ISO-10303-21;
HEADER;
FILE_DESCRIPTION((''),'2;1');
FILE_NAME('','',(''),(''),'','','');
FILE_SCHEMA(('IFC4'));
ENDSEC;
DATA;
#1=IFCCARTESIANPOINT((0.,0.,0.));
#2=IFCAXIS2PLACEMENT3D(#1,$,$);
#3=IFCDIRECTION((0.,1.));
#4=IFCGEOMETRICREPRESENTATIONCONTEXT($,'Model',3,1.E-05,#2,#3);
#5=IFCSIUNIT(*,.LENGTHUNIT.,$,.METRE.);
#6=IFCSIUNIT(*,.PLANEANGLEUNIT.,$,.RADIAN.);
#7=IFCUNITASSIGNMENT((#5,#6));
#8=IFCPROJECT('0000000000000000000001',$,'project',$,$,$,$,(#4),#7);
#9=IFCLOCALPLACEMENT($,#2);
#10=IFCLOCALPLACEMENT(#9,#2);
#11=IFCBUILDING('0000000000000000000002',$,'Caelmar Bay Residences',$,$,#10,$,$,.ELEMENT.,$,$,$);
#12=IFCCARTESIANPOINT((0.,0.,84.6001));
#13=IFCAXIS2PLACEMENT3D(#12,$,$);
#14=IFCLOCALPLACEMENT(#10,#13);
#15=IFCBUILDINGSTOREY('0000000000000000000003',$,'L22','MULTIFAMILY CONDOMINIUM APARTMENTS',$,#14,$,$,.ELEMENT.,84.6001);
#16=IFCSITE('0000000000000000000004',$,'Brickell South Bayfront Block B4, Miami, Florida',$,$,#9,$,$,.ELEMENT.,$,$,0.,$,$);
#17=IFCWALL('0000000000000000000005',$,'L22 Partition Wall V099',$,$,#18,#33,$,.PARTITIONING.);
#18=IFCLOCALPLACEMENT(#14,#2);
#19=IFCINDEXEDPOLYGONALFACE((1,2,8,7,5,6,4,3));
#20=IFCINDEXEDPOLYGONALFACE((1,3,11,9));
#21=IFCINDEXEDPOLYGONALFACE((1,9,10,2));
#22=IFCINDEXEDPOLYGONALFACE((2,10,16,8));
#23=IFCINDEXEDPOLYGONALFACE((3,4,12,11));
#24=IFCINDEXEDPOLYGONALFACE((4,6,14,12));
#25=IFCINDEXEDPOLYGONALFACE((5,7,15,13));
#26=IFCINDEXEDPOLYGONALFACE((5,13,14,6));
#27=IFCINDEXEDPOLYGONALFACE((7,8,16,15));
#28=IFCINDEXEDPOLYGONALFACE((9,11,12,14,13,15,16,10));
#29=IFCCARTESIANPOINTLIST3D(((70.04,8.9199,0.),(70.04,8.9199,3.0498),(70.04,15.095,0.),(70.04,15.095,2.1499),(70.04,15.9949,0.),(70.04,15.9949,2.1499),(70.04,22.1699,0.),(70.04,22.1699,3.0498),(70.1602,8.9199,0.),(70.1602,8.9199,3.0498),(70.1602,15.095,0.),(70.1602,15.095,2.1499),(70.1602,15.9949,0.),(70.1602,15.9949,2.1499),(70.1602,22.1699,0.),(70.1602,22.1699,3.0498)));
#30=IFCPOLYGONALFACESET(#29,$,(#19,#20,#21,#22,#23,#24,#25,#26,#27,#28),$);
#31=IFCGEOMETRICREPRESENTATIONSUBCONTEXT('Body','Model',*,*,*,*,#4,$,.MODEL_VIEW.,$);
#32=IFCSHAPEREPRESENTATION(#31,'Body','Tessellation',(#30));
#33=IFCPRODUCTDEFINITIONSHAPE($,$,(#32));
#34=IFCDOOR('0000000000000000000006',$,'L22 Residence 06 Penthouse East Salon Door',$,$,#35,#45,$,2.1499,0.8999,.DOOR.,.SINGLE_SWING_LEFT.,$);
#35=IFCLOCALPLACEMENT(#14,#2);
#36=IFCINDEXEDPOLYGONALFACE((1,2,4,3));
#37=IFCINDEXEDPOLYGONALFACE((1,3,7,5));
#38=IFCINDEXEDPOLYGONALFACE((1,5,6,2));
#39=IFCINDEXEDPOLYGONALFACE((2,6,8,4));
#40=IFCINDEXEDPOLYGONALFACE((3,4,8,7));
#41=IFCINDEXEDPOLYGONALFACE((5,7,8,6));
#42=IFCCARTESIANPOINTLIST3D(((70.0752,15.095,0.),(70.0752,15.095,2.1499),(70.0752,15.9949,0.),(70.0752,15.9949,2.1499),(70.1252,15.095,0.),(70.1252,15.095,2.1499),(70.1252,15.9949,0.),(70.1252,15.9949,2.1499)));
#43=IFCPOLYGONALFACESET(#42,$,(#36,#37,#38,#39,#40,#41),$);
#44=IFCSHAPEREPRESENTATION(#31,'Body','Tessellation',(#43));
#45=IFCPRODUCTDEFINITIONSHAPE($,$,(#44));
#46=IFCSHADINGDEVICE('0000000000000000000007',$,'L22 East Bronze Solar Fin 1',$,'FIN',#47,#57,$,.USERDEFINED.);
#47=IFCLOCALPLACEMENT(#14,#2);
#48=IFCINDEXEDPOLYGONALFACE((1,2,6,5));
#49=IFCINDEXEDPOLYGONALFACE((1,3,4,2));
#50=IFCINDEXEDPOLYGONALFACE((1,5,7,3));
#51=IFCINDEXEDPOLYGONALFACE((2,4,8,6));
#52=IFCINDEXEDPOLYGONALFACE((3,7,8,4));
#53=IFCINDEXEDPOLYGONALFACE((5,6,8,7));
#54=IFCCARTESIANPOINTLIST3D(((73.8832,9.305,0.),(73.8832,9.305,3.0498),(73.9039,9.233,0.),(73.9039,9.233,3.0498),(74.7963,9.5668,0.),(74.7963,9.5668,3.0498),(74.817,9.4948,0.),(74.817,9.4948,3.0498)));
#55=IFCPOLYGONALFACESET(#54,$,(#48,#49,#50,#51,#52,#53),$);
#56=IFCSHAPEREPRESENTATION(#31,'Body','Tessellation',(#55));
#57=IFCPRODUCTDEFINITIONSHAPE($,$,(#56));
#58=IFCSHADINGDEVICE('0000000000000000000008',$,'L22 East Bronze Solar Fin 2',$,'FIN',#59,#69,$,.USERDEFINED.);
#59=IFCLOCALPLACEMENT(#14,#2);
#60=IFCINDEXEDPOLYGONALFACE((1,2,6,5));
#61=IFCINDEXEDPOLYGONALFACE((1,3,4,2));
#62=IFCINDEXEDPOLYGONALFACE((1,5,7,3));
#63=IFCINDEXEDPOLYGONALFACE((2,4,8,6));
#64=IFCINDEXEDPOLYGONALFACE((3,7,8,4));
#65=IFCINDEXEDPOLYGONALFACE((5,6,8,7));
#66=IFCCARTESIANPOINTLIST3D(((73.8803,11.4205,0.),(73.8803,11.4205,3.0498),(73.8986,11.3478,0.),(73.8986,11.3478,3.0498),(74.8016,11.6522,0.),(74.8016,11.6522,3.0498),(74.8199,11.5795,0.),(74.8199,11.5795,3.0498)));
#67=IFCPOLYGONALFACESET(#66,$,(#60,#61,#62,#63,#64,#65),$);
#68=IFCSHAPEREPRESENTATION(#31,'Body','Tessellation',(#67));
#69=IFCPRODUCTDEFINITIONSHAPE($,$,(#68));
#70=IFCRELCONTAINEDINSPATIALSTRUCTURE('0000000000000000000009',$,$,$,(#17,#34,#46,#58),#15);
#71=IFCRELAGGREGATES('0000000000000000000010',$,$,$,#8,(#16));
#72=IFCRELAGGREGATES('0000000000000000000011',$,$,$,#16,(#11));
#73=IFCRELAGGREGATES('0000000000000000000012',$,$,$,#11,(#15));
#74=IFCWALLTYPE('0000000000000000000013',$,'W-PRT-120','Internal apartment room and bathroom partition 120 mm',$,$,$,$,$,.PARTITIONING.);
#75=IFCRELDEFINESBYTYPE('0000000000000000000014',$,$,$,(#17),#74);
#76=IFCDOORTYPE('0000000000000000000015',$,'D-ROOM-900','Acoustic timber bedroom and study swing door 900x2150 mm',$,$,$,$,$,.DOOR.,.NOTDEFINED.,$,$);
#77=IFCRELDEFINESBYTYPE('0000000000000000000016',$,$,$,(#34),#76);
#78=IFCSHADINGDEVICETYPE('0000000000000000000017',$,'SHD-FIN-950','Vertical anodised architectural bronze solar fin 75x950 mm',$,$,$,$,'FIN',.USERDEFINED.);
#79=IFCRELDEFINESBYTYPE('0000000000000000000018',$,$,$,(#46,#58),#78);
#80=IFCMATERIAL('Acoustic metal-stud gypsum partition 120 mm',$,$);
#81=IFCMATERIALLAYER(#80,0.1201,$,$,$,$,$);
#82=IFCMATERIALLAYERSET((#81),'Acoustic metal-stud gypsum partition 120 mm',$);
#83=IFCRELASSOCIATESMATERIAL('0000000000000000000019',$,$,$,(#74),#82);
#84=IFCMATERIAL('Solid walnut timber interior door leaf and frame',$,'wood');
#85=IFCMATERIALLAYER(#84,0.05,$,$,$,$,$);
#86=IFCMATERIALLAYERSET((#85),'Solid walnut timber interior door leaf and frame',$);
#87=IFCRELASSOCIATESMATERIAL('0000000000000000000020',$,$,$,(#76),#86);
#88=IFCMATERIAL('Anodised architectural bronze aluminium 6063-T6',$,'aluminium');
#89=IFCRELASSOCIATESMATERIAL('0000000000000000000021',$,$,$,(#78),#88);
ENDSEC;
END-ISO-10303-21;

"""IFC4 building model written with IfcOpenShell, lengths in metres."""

from ifc_helpers import new_model, si_unit, direction, frame, frame_2d, origin, origin_2d, place, context, subcontext, project, spatial, rectangle, extrude, material, layer, layer_set, material_profile, profile_set, type_object, element, fill, save


model = new_model("IFC4")

# Units and contexts
model_context = context("Model", 3, precision=1e-05, world=origin(), true_north=direction((0.0, 1.0)))
body_context = subcontext(model_context, "Body", "Model", "MODEL_VIEW")
ifc_project = project(units=[si_unit("LENGTHUNIT", "METRE"), si_unit("PLANEANGLEUNIT", "RADIAN")], contexts=[model_context])

# Site, building, storey
site_placement = place(None, origin())
site = spatial("IfcSite", under=ifc_project, at=site_placement, Name="Brickell South Bayfront Block B4, Miami, Florida", CompositionType="ELEMENT", RefElevation=0.0)
building_placement = place(site_placement, origin())
building = spatial("IfcBuilding", under=site, at=building_placement, Name="Caelmar Bay Residences", CompositionType="ELEMENT")
storey_placement = place(building_placement, frame((0.0, 0.0, 84.6001)))
storey = spatial("IfcBuildingStorey", under=building, at=storey_placement, Name="L22", Description="MULTIFAMILY CONDOMINIUM APARTMENTS", CompositionType="ELEMENT", Elevation=84.6001)

# Wall, opening, door
ifc_material_1 = material(Name="Acoustic metal-stud gypsum partition 120 mm")
ifc_layer_1 = layer(ifc_material_1, 0.1201)
ifc_layer_set_1 = layer_set([ifc_layer_1], Name="Acoustic metal-stud gypsum partition 120 mm")
wall_type_1 = type_object("IfcWallType", Name="W-PRT-120", Description="Internal apartment room and bathroom partition 120 mm", PredefinedType="PARTITIONING", material=ifc_layer_set_1)
wall_1_placement = place(storey_placement, frame((70.1001, 8.9199, 0.0), z_axis=(0.0, 0.0, 1.0), x_axis=(0.0, 1.0, 0.0)))
wall_1 = element("IfcWall", 1, at=wall_1_placement, inside=storey, type_object=wall_type_1, Name="L22 Partition Wall V099", PredefinedType="PARTITIONING", context=body_context, shape_type="SweptSolid", body=[
    extrude(rectangle(XDim=13.25, YDim=0.1201, at=frame_2d((6.625, 0.0))), origin(), (0.0, 0.0, 1.0), 3.0498),
])
opening_placement = place(wall_1_placement, frame((6.175, 0.0, 0.0)))
opening = element("IfcOpeningElement", 2, at=opening_placement, cuts=wall_1, PredefinedType="OPENING", context=body_context, shape_type="SweptSolid", body=[
    extrude(rectangle(XDim=0.8999, YDim=2.1499, at=frame_2d((0.45, 1.075))), frame((0.0, 0.0701, 0.0), z_axis=(0.0, -1.0, 0.0), x_axis=(1.0, 0.0, 0.0)), (0.0, 0.0, 1.0), 0.1401),
])
ifc_material_2 = material(Name="Solid walnut timber interior door leaf and frame", Category="wood")
ifc_layer_2 = layer(ifc_material_2, 0.05)
ifc_layer_set_2 = layer_set([ifc_layer_2], Name="Solid walnut timber interior door leaf and frame")
door_type = type_object("IfcDoorType", Name="D-ROOM-900", Description="Acoustic timber bedroom and study swing door 900x2150 mm", OperationType="NOTDEFINED", PredefinedType="DOOR", material=ifc_layer_set_2)
door_placement = place(opening_placement, origin())
door = element("IfcDoor", 3, at=door_placement, inside=storey, type_object=door_type, Name="L22 Residence 06 Penthouse East Salon Door", OperationType="SINGLE_SWING_LEFT", OverallHeight=2.1499, OverallWidth=0.8999, PredefinedType="DOOR", context=body_context, shape_type="SweptSolid", body=[
    extrude(rectangle(XDim=0.8999, YDim=2.1499, at=frame_2d((0.45, 1.075))), frame((0.0, 0.0249, 0.0), z_axis=(0.0, -1.0, 0.0), x_axis=(1.0, 0.0, 0.0)), (0.0, 0.0, 1.0), 0.05),
])
fill(opening, door)

# Shading devices
ifc_material_3 = material(Name="Anodised architectural bronze aluminium 6063-T6", Category="aluminium")
ifc_material_profile_1 = material_profile(ifc_material_3, rectangle(XDim=0.075, YDim=0.95, at=origin_2d()), Name="BRONZE-FIN-75X950")
ifc_profile_set_1 = profile_set([ifc_material_profile_1], Name="Anodised architectural bronze aluminium 6063-T6")
shading_device_type = type_object("IfcShadingDeviceType", Name="SHD-FIN-950", Description="Vertical anodised architectural bronze solar fin 75x950 mm", ElementType="FIN", PredefinedType="USERDEFINED", material=ifc_profile_set_1)
for number, where, z_axis, x_axis, name in (
    (4, (74.3501, 9.3999, 0.0), (0.0, 0.0, 1.0), (-0.275637, 0.961262, 0.0), "L22 East Bronze Solar Fin 1"),
    (5, (74.3501, 11.5, 0.0), (0.0, 0.0, 1.0), (-0.243954, 0.969787, 0.0), "L22 East Bronze Solar Fin 2"),
):
    element("IfcShadingDevice", number, at=place(storey_placement, frame(where, z_axis=z_axis, x_axis=x_axis)), inside=storey, type_object=shading_device_type, Name=name, ObjectType="FIN", PredefinedType="USERDEFINED", context=body_context, shape_type="SweptSolid", body=[
        extrude(rectangle(XDim=0.075, YDim=0.95, at=origin_2d()), origin(), (0.0, 0.0, 1.0), 3.0498),
    ])

save(model, "model.ifc")
